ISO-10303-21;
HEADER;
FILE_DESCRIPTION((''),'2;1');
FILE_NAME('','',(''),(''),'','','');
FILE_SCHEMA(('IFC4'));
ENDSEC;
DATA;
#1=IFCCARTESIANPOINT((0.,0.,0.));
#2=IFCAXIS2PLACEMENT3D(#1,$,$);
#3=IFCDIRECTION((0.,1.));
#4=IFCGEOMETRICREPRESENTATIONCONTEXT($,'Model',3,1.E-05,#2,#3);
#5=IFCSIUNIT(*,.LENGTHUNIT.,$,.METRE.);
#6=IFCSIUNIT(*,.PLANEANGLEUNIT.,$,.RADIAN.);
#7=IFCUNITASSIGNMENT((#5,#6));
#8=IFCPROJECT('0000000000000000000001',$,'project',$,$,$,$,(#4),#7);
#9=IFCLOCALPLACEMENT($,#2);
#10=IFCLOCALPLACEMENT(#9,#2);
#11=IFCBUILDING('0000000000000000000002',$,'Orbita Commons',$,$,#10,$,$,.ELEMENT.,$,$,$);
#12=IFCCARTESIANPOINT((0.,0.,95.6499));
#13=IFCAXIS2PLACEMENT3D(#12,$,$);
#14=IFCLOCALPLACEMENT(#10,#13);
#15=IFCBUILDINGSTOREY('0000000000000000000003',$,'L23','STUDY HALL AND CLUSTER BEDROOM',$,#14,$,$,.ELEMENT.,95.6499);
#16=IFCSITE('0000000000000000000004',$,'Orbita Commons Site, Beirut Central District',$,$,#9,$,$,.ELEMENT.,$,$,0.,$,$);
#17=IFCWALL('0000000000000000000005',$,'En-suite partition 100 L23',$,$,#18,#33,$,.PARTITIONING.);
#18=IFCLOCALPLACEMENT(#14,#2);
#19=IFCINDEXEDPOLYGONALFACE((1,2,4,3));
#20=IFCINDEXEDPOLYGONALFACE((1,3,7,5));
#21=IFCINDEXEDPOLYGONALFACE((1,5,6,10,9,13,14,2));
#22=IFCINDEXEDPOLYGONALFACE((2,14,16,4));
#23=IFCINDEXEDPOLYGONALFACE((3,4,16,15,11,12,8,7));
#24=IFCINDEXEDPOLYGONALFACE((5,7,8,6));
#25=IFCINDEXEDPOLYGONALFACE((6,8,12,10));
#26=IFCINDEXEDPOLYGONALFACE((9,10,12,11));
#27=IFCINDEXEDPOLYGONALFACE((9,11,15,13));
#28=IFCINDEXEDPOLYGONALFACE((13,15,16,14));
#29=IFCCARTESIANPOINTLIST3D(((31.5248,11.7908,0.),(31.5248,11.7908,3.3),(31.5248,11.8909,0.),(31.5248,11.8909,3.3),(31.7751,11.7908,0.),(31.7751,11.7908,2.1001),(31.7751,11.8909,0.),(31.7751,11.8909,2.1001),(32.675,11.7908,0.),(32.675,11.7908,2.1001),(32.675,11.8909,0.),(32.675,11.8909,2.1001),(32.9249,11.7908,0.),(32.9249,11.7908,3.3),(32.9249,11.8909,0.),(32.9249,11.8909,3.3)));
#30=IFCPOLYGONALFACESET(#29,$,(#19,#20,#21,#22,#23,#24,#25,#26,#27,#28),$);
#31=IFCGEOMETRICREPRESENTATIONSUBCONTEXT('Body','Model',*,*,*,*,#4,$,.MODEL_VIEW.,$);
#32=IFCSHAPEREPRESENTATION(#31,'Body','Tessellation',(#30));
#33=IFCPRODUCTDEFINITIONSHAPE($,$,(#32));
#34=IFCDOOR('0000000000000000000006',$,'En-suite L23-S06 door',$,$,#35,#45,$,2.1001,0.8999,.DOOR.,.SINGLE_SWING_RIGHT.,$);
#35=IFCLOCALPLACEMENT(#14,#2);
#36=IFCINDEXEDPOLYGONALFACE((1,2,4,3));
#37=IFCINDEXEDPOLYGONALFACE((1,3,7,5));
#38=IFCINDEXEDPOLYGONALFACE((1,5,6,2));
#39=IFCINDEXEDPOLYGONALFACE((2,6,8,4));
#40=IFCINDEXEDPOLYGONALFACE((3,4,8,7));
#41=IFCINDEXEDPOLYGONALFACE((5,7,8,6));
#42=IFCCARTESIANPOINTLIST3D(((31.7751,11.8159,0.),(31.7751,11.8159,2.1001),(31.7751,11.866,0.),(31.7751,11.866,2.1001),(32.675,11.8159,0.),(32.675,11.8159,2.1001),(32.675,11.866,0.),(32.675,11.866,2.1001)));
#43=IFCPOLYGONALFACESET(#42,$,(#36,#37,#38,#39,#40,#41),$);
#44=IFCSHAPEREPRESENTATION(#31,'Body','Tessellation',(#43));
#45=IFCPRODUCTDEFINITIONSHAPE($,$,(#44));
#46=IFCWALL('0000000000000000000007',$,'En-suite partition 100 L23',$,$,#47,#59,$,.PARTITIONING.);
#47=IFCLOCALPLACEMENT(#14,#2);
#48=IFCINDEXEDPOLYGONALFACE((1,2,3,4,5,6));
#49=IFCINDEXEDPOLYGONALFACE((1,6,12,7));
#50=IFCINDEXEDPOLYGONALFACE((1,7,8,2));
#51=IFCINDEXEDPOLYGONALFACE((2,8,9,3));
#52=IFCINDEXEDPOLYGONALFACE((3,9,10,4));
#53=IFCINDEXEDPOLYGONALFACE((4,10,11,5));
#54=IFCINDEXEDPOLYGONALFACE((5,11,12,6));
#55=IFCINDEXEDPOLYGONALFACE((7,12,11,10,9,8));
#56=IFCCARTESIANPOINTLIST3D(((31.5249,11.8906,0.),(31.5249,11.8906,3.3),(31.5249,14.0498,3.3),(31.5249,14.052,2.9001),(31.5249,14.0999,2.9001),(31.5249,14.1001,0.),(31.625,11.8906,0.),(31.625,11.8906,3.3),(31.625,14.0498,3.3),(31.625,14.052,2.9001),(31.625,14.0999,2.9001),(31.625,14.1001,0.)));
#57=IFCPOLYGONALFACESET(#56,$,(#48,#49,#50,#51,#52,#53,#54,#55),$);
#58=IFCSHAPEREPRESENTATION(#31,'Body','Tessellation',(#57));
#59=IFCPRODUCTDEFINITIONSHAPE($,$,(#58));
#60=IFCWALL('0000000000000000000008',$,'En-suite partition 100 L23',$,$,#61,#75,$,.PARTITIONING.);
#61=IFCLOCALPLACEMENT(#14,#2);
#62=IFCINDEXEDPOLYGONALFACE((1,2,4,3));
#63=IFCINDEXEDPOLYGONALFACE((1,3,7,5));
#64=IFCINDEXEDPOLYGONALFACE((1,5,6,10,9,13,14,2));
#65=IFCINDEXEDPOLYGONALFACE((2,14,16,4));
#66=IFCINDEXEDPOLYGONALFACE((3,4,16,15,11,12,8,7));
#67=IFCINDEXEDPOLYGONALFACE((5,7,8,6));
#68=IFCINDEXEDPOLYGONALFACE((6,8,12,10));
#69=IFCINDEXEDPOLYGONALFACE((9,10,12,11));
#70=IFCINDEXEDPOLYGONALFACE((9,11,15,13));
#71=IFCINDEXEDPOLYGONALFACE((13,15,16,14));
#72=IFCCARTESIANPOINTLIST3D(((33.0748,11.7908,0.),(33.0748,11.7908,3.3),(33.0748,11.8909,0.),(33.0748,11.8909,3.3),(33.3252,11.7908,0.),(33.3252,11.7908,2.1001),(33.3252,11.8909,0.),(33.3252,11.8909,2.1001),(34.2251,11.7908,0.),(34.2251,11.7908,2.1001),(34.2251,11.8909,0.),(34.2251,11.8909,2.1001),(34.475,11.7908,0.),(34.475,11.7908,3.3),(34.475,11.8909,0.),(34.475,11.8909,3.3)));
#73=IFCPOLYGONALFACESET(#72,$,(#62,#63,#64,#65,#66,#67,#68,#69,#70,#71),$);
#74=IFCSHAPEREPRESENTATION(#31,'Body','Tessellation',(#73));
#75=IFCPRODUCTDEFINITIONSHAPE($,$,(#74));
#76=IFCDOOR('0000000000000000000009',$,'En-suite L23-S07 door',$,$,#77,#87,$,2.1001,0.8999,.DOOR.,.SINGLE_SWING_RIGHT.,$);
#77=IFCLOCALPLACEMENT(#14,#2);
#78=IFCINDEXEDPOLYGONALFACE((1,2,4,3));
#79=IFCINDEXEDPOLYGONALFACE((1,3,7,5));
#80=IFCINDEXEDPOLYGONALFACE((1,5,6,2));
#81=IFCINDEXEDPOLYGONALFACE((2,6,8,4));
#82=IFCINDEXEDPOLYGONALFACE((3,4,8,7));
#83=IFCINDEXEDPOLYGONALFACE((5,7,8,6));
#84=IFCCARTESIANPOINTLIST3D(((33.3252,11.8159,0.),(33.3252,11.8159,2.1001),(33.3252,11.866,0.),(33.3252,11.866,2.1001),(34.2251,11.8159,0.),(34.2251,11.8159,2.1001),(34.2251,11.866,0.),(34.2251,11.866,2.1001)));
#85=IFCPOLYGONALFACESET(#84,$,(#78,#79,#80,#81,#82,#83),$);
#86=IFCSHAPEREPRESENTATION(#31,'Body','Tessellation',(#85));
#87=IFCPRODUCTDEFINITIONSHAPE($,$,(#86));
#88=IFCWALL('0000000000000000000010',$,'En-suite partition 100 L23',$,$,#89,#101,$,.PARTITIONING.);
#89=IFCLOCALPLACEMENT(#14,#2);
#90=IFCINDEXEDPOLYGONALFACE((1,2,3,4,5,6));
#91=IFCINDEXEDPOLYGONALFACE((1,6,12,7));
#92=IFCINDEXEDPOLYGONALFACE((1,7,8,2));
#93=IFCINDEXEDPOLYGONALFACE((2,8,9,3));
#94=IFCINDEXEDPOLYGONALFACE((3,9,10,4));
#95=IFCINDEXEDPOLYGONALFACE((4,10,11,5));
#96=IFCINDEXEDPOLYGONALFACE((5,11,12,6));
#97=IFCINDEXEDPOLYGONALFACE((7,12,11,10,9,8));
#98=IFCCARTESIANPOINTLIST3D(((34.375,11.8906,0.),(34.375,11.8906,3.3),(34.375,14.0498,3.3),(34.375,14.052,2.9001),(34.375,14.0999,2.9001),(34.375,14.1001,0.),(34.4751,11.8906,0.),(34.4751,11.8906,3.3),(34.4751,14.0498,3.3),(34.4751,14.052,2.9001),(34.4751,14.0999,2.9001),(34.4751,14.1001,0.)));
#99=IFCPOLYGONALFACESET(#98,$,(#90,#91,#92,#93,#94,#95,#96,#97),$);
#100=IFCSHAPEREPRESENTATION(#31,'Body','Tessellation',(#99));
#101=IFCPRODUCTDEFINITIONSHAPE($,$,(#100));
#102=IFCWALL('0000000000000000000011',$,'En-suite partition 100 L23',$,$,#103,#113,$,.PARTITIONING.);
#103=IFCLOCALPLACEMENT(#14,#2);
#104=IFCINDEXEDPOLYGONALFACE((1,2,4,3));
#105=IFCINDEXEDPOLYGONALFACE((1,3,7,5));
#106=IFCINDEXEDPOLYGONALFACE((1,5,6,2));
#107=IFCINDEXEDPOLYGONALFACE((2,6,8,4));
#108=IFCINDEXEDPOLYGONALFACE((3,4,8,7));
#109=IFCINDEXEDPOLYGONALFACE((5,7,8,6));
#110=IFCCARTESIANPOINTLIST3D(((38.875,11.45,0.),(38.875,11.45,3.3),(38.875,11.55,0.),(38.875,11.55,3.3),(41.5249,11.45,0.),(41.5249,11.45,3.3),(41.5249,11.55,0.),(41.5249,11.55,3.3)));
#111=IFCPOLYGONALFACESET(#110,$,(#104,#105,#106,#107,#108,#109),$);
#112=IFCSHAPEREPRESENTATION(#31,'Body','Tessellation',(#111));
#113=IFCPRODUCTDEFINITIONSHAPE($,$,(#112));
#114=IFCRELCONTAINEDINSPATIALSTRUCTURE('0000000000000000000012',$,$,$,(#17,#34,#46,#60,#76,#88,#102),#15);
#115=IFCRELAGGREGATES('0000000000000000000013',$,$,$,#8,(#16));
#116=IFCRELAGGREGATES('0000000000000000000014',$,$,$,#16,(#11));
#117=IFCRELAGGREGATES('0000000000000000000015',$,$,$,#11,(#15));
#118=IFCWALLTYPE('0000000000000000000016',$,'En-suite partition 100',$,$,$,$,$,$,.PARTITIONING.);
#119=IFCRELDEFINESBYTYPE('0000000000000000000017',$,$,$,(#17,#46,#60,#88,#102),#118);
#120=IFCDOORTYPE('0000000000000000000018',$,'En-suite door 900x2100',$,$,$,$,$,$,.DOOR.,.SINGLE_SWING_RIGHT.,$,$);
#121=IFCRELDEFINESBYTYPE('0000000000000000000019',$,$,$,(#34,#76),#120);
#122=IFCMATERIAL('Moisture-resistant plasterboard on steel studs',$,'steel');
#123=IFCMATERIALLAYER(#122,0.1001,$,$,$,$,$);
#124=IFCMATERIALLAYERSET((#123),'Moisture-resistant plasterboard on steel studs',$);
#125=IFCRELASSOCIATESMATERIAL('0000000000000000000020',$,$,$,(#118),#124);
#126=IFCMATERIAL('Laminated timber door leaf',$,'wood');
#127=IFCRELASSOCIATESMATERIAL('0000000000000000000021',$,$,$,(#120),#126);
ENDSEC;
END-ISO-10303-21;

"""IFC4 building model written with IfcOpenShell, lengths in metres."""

from ifc_helpers import new_model, si_unit, direction, frame, frame_2d, origin, place, context, subcontext, project, spatial, polyline, rectangle, outline, extrude, material, layer, layer_set, type_object, element, fill, save


model = new_model("IFC4")

# Units and contexts
model_context = context("Model", 3, precision=1e-05, world=origin(), true_north=direction((0.0, 1.0)))
body_context = subcontext(model_context, "Body", "Model", "MODEL_VIEW")
ifc_project = project(units=[si_unit("LENGTHUNIT", "METRE"), si_unit("PLANEANGLEUNIT", "RADIAN")], contexts=[model_context])

# Site, building, storey
site_placement = place(None, origin())
site = spatial("IfcSite", under=ifc_project, at=site_placement, Name="Orbita Commons Site, Beirut Central District", CompositionType="ELEMENT", RefElevation=0.0)
building_placement = place(site_placement, origin())
building = spatial("IfcBuilding", under=site, at=building_placement, Name="Orbita Commons", CompositionType="ELEMENT")
storey_placement = place(building_placement, frame((0.0, 0.0, 95.6499)))
storey = spatial("IfcBuildingStorey", under=building, at=storey_placement, Name="L23", Description="STUDY HALL AND CLUSTER BEDROOM", CompositionType="ELEMENT", Elevation=95.6499)

# Wall, opening, door
ifc_material_1 = material(Name="Moisture-resistant plasterboard on steel studs", Category="steel")
ifc_layer_1 = layer(ifc_material_1, 0.1001)
ifc_layer_set_1 = layer_set([ifc_layer_1], Name="Moisture-resistant plasterboard on steel studs")
wall_type_1 = type_object("IfcWallType", Name="En-suite partition 100", PredefinedType="PARTITIONING", material=ifc_layer_set_1)
wall_1_placement = place(storey_placement, frame((32.925, 11.8408, 0.0), z_axis=(0.0, 0.0, 1.0), x_axis=(-1.0, 0.0, 0.0)))
wall_1 = element("IfcWall", 1, at=wall_1_placement, inside=storey, type_object=wall_type_1, Name="En-suite partition 100 L23", PredefinedType="PARTITIONING", context=body_context, shape_type="SweptSolid", body=[
    extrude(rectangle(XDim=1.4001, YDim=0.1001, at=frame_2d((0.7002, 0.0))), origin(), (0.0, 0.0, 1.0), 3.3),
])
opening_1_placement = place(wall_1_placement, frame((0.25, 0.0, 0.0)))
opening_1 = element("IfcOpeningElement", 2, at=opening_1_placement, cuts=wall_1, PredefinedType="OPENING", context=body_context, shape_type="SweptSolid", body=[
    extrude(rectangle(XDim=0.8999, YDim=2.1001, at=frame_2d((0.45, 1.05))), frame((0.0, 0.0601, 0.0), z_axis=(0.0, -1.0, 0.0), x_axis=(1.0, 0.0, 0.0)), (0.0, 0.0, 1.0), 0.1201),
])
ifc_material_2 = material(Name="Laminated timber door leaf", Category="wood")
door_type_1 = type_object("IfcDoorType", Name="En-suite door 900x2100", OperationType="SINGLE_SWING_RIGHT", PredefinedType="DOOR", material=ifc_material_2)
door_1_placement = place(opening_1_placement, origin())
door_1 = element("IfcDoor", 3, at=door_1_placement, inside=storey, type_object=door_type_1, Name="En-suite L23-S06 door", OperationType="SINGLE_SWING_RIGHT", OverallHeight=2.1001, OverallWidth=0.8999, PredefinedType="DOOR", context=body_context, shape_type="SweptSolid", body=[
    extrude(rectangle(XDim=0.8999, YDim=2.1001, at=frame_2d((0.45, 1.05))), frame((0.0, 0.0249, 0.0), z_axis=(0.0, -1.0, 0.0), x_axis=(1.0, 0.0, 0.0)), (0.0, 0.0, 1.0), 0.05),
])
fill(opening_1, door_1)

# Wall
wall_2_placement = place(storey_placement, frame((31.575, 11.8906, 0.0), z_axis=(0.0, 0.0, 1.0), x_axis=(0.0, 1.0, 0.0)))
element("IfcWall", 4, at=wall_2_placement, inside=storey, type_object=wall_type_1, Name="En-suite partition 100 L23", PredefinedType="PARTITIONING", context=body_context, shape_type="SweptSolid", body=[
    extrude(outline(polyline([(0.0, 0.0), (2.2095, 0.0), (2.2092, 2.9001), (2.1614, 2.9001), (2.1592, 3.3), (0.0, 3.3), (0.0, 0.0)])), frame((0.0, 0.05, 0.0), z_axis=(0.0, -1.0, 0.0), x_axis=(1.0, 0.0, 0.0)), (0.0, 0.0, 1.0), 0.1001),
])

# Wall, opening, door
wall_3_placement = place(storey_placement, frame((34.4751, 11.8408, 0.0), z_axis=(0.0, 0.0, 1.0), x_axis=(-1.0, 0.0, 0.0)))
wall_3 = element("IfcWall", 5, at=wall_3_placement, inside=storey, type_object=wall_type_1, Name="En-suite partition 100 L23", PredefinedType="PARTITIONING", context=body_context, shape_type="SweptSolid", body=[
    extrude(rectangle(XDim=1.4001, YDim=0.1001, at=frame_2d((0.7002, 0.0))), origin(), (0.0, 0.0, 1.0), 3.3),
])
opening_2_placement = place(wall_3_placement, frame((0.25, 0.0, 0.0)))
opening_2 = element("IfcOpeningElement", 6, at=opening_2_placement, cuts=wall_3, PredefinedType="OPENING", context=body_context, shape_type="SweptSolid", body=[
    extrude(rectangle(XDim=0.8999, YDim=2.1001, at=frame_2d((0.45, 1.05))), frame((0.0, 0.0601, 0.0), z_axis=(0.0, -1.0, 0.0), x_axis=(1.0, 0.0, 0.0)), (0.0, 0.0, 1.0), 0.1201),
])
door_2_placement = place(opening_2_placement, origin())
door_2 = element("IfcDoor", 7, at=door_2_placement, inside=storey, type_object=door_type_1, Name="En-suite L23-S07 door", OperationType="SINGLE_SWING_RIGHT", OverallHeight=2.1001, OverallWidth=0.8999, PredefinedType="DOOR", context=body_context, shape_type="SweptSolid", body=[
    extrude(rectangle(XDim=0.8999, YDim=2.1001, at=frame_2d((0.45, 1.05))), frame((0.0, 0.0249, 0.0), z_axis=(0.0, -1.0, 0.0), x_axis=(1.0, 0.0, 0.0)), (0.0, 0.0, 1.0), 0.05),
])
fill(opening_2, door_2)

# Walls
wall_4_placement = place(storey_placement, frame((34.425, 11.8906, 0.0), z_axis=(0.0, 0.0, 1.0), x_axis=(0.0, 1.0, 0.0)))
element("IfcWall", 8, at=wall_4_placement, inside=storey, type_object=wall_type_1, Name="En-suite partition 100 L23", PredefinedType="PARTITIONING", context=body_context, shape_type="SweptSolid", body=[
    extrude(outline(polyline([(0.0, 0.0), (2.2095, 0.0), (2.2092, 2.9001), (2.1614, 2.9001), (2.1592, 3.3), (0.0, 3.3), (0.0, 0.0)])), frame((0.0, 0.05, 0.0), z_axis=(0.0, -1.0, 0.0), x_axis=(1.0, 0.0, 0.0)), (0.0, 0.0, 1.0), 0.1001),
])
wall_5_placement = place(storey_placement, frame((38.875, 11.5, 0.0), z_axis=(0.0, 0.0, 1.0), x_axis=(1.0, 0.0, 0.0)))
element("IfcWall", 9, at=wall_5_placement, inside=storey, type_object=wall_type_1, Name="En-suite partition 100 L23", PredefinedType="PARTITIONING", context=body_context, shape_type="SweptSolid", body=[
    extrude(rectangle(XDim=2.6499, YDim=0.1001, at=frame_2d((1.325, 0.0))), origin(), (0.0, 0.0, 1.0), 3.3),
])

save(model, "model.ifc")
